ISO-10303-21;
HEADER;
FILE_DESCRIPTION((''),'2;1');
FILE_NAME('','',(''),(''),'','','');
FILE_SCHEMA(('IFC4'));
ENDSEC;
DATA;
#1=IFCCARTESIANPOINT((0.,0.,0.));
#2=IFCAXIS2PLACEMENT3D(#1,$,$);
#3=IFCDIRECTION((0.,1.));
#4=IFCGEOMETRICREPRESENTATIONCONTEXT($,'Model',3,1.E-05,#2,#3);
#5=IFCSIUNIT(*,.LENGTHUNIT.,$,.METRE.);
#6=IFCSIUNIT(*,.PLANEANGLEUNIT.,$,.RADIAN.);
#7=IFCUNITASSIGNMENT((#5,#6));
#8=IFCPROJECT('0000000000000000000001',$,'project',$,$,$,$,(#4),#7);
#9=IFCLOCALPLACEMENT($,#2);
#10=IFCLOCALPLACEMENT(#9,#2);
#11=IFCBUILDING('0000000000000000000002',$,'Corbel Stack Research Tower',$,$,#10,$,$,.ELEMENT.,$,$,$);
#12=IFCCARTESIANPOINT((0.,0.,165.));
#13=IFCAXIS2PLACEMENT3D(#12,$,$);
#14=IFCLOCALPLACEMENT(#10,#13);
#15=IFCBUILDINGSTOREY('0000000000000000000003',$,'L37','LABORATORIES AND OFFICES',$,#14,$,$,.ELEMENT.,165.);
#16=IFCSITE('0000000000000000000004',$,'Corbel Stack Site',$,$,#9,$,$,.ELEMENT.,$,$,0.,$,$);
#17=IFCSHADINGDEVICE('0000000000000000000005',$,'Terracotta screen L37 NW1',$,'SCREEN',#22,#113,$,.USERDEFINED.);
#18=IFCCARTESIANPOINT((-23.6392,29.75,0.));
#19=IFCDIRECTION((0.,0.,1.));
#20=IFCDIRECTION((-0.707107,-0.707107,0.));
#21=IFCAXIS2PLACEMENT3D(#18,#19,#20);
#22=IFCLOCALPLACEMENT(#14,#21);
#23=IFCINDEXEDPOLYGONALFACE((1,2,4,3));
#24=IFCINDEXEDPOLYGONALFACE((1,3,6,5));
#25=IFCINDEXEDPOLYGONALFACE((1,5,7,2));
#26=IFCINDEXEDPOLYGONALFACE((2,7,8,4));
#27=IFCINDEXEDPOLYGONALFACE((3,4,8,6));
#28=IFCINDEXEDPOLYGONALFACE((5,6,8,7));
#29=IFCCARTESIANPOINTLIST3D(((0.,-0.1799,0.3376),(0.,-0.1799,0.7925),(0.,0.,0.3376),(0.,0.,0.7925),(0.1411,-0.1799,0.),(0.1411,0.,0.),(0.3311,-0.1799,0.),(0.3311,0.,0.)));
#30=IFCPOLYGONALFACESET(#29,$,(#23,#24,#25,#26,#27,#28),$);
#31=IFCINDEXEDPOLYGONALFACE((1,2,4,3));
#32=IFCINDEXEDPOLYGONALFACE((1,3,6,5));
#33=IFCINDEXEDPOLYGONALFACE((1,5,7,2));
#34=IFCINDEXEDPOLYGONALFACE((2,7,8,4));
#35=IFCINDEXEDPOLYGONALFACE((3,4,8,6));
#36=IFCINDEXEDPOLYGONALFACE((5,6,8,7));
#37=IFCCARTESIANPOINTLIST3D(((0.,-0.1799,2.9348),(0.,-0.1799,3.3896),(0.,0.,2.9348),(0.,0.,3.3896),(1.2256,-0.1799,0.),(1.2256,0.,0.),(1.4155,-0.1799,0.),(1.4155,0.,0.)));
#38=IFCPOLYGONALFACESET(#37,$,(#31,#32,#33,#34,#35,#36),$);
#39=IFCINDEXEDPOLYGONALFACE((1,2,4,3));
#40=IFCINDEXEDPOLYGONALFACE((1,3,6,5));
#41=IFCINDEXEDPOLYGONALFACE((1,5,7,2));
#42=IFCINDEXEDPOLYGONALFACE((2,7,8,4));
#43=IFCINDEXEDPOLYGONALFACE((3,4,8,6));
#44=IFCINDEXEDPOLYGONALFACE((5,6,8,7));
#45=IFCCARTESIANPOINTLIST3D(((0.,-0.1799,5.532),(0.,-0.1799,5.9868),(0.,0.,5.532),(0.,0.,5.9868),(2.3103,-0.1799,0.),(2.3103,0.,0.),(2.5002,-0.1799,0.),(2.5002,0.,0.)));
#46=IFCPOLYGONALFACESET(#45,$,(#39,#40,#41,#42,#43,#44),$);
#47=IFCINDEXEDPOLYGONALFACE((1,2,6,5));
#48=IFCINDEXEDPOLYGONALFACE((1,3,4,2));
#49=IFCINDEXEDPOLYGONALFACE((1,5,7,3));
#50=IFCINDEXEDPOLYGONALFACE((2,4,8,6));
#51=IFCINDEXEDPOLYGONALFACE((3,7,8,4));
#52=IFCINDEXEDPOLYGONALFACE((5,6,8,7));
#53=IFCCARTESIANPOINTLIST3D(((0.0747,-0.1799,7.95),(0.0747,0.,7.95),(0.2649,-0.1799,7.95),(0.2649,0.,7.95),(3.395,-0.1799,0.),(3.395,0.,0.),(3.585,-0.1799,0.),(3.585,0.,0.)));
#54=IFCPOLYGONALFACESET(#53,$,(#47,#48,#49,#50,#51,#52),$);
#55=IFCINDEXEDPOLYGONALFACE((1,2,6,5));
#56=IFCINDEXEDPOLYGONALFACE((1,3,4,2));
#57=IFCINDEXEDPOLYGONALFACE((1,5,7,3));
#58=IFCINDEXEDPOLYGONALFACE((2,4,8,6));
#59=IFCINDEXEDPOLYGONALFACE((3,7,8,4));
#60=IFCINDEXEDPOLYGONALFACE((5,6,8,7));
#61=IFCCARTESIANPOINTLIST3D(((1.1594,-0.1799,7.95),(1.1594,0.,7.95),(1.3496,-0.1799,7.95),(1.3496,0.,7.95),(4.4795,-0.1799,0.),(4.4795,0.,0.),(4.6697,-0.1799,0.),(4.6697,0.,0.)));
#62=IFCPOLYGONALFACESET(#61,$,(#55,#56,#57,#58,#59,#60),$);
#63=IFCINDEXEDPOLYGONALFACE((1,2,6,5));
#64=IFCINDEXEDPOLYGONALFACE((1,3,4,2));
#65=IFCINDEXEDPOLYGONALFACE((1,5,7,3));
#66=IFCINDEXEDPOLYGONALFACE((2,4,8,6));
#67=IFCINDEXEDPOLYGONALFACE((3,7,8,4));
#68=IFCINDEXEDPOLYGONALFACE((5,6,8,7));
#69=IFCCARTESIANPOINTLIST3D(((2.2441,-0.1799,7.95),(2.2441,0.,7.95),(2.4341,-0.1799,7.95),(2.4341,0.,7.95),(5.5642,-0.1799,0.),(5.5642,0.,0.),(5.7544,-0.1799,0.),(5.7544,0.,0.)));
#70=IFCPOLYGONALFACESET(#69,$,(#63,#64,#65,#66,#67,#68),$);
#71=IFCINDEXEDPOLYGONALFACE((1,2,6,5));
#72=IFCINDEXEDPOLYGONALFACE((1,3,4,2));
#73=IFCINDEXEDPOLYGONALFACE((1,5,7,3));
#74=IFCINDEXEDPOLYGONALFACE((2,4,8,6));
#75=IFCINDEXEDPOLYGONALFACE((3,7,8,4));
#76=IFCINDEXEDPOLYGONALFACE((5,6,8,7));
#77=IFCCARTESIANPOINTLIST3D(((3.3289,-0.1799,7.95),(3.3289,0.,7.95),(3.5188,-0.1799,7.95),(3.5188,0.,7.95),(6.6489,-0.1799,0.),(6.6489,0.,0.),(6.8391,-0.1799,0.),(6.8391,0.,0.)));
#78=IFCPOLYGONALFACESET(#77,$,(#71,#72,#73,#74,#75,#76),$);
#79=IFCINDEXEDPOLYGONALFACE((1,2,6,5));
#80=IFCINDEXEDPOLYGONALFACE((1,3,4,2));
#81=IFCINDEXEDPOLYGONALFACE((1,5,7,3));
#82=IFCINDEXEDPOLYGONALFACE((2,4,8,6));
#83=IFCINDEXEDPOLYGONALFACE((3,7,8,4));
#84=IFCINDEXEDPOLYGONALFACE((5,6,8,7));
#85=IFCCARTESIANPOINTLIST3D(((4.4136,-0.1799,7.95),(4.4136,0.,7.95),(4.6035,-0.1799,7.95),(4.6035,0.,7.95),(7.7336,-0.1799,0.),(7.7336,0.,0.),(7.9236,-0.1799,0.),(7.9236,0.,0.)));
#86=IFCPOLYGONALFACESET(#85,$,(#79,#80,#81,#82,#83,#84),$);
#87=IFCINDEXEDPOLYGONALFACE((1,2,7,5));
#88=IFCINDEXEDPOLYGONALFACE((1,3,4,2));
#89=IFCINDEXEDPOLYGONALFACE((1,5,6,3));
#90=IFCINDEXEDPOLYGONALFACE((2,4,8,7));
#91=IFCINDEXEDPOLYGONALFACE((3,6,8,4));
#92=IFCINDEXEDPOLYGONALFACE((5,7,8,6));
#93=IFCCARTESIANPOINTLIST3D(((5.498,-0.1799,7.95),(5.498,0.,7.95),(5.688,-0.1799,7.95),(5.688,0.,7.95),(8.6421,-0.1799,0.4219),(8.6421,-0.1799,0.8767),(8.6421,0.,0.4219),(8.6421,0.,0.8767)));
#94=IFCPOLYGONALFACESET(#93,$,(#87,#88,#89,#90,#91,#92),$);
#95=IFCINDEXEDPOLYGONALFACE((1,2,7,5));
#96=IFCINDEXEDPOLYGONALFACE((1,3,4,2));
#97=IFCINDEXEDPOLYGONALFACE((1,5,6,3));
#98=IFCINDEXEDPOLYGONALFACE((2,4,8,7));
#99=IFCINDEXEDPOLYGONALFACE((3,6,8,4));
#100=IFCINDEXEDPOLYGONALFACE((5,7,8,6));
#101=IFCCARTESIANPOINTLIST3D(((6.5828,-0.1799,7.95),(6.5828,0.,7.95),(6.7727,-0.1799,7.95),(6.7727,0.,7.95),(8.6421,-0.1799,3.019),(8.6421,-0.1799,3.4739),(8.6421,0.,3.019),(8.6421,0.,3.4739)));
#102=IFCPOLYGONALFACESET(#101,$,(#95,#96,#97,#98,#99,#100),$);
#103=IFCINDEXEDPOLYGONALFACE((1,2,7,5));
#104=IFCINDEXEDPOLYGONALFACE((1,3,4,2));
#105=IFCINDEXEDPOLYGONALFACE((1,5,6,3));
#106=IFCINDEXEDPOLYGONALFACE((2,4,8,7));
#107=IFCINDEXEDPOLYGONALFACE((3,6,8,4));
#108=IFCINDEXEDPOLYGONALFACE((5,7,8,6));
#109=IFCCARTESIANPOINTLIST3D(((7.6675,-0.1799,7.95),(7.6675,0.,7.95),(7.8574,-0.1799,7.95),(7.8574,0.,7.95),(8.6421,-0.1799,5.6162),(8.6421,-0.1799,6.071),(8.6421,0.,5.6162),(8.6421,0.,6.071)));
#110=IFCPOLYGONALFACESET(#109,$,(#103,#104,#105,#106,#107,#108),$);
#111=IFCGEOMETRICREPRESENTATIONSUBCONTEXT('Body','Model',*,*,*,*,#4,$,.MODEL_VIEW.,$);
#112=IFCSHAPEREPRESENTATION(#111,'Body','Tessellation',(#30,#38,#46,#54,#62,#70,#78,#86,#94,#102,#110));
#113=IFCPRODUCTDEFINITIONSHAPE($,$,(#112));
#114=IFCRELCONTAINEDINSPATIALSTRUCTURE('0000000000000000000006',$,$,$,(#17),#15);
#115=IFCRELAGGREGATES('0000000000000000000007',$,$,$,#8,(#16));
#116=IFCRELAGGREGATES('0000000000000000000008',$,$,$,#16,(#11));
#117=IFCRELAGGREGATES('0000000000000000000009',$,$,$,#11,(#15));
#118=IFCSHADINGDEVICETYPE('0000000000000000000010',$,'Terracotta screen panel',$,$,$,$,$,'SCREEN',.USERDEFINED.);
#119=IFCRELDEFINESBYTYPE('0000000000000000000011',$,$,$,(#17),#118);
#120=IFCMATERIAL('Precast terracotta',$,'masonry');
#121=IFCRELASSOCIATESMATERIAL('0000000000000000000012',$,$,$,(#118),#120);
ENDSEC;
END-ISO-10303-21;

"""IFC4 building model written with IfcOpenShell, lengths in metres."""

from ifc_helpers import new_model, si_unit, direction, frame, origin, place, context, subcontext, project, spatial, polyline, outline, extrude, source, transform, mapped, material, type_object, element, save


model = new_model("IFC4")

# Units and contexts
model_context = context("Model", 3, precision=1e-05, world=origin(), true_north=direction((0.0, 1.0)))
body_context = subcontext(model_context, "Body", "Model", "MODEL_VIEW")
ifc_project = project(units=[si_unit("LENGTHUNIT", "METRE"), si_unit("PLANEANGLEUNIT", "RADIAN")], contexts=[model_context])

# Site, building, storey
site_placement = place(None, origin())
site = spatial("IfcSite", under=ifc_project, at=site_placement, Name="Corbel Stack Site", CompositionType="ELEMENT", RefElevation=0.0)
building_placement = place(site_placement, origin())
building = spatial("IfcBuilding", under=site, at=building_placement, Name="Corbel Stack Research Tower", CompositionType="ELEMENT")
storey_placement = place(building_placement, frame((0.0, 0.0, 165.0)))
storey = spatial("IfcBuildingStorey", under=building, at=storey_placement, Name="L37", Description="LABORATORIES AND OFFICES", CompositionType="ELEMENT", Elevation=165.0)

# Shading device
ifc_material_1 = material(Name="Precast terracotta", Category="masonry")
shading_device_type = type_object("IfcShadingDeviceType", Name="Terracotta screen panel", ElementType="SCREEN", PredefinedType="USERDEFINED", material=ifc_material_1)
shared_shape_1 = source(origin(), body_context, "Body", "SweptSolid", [
    extrude(outline(polyline([(0.3311, 0.0), (0.0, 0.7925), (0.0, 0.3376), (0.1411, 0.0), (0.3311, 0.0)])), frame((0.0, 0.0, 0.0), z_axis=(0.0, -1.0, 0.0), x_axis=(1.0, 0.0, 0.0)), (0.0, 0.0, 1.0), 0.1799),
    extrude(outline(polyline([(1.4155, 0.0), (0.0, 3.3896), (0.0, 2.9348), (1.2256, 0.0), (1.4155, 0.0)])), frame((0.0, 0.0, 0.0), z_axis=(0.0, -1.0, 0.0), x_axis=(1.0, 0.0, 0.0)), (0.0, 0.0, 1.0), 0.1799),
    extrude(outline(polyline([(2.5002, 0.0), (0.0, 5.9868), (0.0, 5.532), (2.3103, 0.0), (2.5002, 0.0)])), frame((0.0, 0.0, 0.0), z_axis=(0.0, -1.0, 0.0), x_axis=(1.0, 0.0, 0.0)), (0.0, 0.0, 1.0), 0.1799),
    extrude(outline(polyline([(3.585, 0.0), (0.2649, 7.95), (0.0747, 7.95), (3.395, 0.0), (3.585, 0.0)])), frame((0.0, 0.0, 0.0), z_axis=(0.0, -1.0, 0.0), x_axis=(1.0, 0.0, 0.0)), (0.0, 0.0, 1.0), 0.1799),
    extrude(outline(polyline([(4.6697, 0.0), (1.3496, 7.95), (1.1594, 7.95), (4.4795, 0.0), (4.6697, 0.0)])), frame((0.0, 0.0, 0.0), z_axis=(0.0, -1.0, 0.0), x_axis=(1.0, 0.0, 0.0)), (0.0, 0.0, 1.0), 0.1799),
    extrude(outline(polyline([(5.7544, 0.0), (2.4341, 7.95), (2.2441, 7.95), (5.5642, 0.0), (5.7544, 0.0)])), frame((0.0, 0.0, 0.0), z_axis=(0.0, -1.0, 0.0), x_axis=(1.0, 0.0, 0.0)), (0.0, 0.0, 1.0), 0.1799),
    extrude(outline(polyline([(6.8391, 0.0), (3.5188, 7.95), (3.3289, 7.95), (6.6489, 0.0), (6.8391, 0.0)])), frame((0.0, 0.0, 0.0), z_axis=(0.0, -1.0, 0.0), x_axis=(1.0, 0.0, 0.0)), (0.0, 0.0, 1.0), 0.1799),
    extrude(outline(polyline([(7.9236, 0.0), (4.6035, 7.95), (4.4136, 7.95), (7.7336, 0.0), (7.9236, 0.0)])), frame((0.0, 0.0, 0.0), z_axis=(0.0, -1.0, 0.0), x_axis=(1.0, 0.0, 0.0)), (0.0, 0.0, 1.0), 0.1799),
    extrude(outline(polyline([(5.688, 7.95), (5.498, 7.95), (8.6421, 0.4219), (8.6421, 0.8767), (5.688, 7.95)])), frame((0.0, 0.0, 0.0), z_axis=(0.0, -1.0, 0.0), x_axis=(1.0, 0.0, 0.0)), (0.0, 0.0, 1.0), 0.1799),
    extrude(outline(polyline([(6.7727, 7.95), (6.5828, 7.95), (8.6421, 3.019), (8.6421, 3.4739), (6.7727, 7.95)])), frame((0.0, 0.0, 0.0), z_axis=(0.0, -1.0, 0.0), x_axis=(1.0, 0.0, 0.0)), (0.0, 0.0, 1.0), 0.1799),
    extrude(outline(polyline([(7.8574, 7.95), (7.6675, 7.95), (8.6421, 5.6162), (8.6421, 6.071), (7.8574, 7.95)])), frame((0.0, 0.0, 0.0), z_axis=(0.0, -1.0, 0.0), x_axis=(1.0, 0.0, 0.0)), (0.0, 0.0, 1.0), 0.1799),
])
shading_device_1_placement = place(storey_placement, frame((-23.6392, 29.75, 0.0), z_axis=(0.0, 0.0, 1.0), x_axis=(-0.707107, -0.707107, 0.0)))
element("IfcShadingDevice", 1, at=shading_device_1_placement, inside=storey, type_object=shading_device_type, Name="Terracotta screen L37 NW1", ObjectType="SCREEN", PredefinedType="USERDEFINED", context=body_context, shape_type="MappedRepresentation", body=[
    mapped(shared_shape_1, transform((0.0, 0.0, 0.0))),
])

save(model, "model.ifc")
